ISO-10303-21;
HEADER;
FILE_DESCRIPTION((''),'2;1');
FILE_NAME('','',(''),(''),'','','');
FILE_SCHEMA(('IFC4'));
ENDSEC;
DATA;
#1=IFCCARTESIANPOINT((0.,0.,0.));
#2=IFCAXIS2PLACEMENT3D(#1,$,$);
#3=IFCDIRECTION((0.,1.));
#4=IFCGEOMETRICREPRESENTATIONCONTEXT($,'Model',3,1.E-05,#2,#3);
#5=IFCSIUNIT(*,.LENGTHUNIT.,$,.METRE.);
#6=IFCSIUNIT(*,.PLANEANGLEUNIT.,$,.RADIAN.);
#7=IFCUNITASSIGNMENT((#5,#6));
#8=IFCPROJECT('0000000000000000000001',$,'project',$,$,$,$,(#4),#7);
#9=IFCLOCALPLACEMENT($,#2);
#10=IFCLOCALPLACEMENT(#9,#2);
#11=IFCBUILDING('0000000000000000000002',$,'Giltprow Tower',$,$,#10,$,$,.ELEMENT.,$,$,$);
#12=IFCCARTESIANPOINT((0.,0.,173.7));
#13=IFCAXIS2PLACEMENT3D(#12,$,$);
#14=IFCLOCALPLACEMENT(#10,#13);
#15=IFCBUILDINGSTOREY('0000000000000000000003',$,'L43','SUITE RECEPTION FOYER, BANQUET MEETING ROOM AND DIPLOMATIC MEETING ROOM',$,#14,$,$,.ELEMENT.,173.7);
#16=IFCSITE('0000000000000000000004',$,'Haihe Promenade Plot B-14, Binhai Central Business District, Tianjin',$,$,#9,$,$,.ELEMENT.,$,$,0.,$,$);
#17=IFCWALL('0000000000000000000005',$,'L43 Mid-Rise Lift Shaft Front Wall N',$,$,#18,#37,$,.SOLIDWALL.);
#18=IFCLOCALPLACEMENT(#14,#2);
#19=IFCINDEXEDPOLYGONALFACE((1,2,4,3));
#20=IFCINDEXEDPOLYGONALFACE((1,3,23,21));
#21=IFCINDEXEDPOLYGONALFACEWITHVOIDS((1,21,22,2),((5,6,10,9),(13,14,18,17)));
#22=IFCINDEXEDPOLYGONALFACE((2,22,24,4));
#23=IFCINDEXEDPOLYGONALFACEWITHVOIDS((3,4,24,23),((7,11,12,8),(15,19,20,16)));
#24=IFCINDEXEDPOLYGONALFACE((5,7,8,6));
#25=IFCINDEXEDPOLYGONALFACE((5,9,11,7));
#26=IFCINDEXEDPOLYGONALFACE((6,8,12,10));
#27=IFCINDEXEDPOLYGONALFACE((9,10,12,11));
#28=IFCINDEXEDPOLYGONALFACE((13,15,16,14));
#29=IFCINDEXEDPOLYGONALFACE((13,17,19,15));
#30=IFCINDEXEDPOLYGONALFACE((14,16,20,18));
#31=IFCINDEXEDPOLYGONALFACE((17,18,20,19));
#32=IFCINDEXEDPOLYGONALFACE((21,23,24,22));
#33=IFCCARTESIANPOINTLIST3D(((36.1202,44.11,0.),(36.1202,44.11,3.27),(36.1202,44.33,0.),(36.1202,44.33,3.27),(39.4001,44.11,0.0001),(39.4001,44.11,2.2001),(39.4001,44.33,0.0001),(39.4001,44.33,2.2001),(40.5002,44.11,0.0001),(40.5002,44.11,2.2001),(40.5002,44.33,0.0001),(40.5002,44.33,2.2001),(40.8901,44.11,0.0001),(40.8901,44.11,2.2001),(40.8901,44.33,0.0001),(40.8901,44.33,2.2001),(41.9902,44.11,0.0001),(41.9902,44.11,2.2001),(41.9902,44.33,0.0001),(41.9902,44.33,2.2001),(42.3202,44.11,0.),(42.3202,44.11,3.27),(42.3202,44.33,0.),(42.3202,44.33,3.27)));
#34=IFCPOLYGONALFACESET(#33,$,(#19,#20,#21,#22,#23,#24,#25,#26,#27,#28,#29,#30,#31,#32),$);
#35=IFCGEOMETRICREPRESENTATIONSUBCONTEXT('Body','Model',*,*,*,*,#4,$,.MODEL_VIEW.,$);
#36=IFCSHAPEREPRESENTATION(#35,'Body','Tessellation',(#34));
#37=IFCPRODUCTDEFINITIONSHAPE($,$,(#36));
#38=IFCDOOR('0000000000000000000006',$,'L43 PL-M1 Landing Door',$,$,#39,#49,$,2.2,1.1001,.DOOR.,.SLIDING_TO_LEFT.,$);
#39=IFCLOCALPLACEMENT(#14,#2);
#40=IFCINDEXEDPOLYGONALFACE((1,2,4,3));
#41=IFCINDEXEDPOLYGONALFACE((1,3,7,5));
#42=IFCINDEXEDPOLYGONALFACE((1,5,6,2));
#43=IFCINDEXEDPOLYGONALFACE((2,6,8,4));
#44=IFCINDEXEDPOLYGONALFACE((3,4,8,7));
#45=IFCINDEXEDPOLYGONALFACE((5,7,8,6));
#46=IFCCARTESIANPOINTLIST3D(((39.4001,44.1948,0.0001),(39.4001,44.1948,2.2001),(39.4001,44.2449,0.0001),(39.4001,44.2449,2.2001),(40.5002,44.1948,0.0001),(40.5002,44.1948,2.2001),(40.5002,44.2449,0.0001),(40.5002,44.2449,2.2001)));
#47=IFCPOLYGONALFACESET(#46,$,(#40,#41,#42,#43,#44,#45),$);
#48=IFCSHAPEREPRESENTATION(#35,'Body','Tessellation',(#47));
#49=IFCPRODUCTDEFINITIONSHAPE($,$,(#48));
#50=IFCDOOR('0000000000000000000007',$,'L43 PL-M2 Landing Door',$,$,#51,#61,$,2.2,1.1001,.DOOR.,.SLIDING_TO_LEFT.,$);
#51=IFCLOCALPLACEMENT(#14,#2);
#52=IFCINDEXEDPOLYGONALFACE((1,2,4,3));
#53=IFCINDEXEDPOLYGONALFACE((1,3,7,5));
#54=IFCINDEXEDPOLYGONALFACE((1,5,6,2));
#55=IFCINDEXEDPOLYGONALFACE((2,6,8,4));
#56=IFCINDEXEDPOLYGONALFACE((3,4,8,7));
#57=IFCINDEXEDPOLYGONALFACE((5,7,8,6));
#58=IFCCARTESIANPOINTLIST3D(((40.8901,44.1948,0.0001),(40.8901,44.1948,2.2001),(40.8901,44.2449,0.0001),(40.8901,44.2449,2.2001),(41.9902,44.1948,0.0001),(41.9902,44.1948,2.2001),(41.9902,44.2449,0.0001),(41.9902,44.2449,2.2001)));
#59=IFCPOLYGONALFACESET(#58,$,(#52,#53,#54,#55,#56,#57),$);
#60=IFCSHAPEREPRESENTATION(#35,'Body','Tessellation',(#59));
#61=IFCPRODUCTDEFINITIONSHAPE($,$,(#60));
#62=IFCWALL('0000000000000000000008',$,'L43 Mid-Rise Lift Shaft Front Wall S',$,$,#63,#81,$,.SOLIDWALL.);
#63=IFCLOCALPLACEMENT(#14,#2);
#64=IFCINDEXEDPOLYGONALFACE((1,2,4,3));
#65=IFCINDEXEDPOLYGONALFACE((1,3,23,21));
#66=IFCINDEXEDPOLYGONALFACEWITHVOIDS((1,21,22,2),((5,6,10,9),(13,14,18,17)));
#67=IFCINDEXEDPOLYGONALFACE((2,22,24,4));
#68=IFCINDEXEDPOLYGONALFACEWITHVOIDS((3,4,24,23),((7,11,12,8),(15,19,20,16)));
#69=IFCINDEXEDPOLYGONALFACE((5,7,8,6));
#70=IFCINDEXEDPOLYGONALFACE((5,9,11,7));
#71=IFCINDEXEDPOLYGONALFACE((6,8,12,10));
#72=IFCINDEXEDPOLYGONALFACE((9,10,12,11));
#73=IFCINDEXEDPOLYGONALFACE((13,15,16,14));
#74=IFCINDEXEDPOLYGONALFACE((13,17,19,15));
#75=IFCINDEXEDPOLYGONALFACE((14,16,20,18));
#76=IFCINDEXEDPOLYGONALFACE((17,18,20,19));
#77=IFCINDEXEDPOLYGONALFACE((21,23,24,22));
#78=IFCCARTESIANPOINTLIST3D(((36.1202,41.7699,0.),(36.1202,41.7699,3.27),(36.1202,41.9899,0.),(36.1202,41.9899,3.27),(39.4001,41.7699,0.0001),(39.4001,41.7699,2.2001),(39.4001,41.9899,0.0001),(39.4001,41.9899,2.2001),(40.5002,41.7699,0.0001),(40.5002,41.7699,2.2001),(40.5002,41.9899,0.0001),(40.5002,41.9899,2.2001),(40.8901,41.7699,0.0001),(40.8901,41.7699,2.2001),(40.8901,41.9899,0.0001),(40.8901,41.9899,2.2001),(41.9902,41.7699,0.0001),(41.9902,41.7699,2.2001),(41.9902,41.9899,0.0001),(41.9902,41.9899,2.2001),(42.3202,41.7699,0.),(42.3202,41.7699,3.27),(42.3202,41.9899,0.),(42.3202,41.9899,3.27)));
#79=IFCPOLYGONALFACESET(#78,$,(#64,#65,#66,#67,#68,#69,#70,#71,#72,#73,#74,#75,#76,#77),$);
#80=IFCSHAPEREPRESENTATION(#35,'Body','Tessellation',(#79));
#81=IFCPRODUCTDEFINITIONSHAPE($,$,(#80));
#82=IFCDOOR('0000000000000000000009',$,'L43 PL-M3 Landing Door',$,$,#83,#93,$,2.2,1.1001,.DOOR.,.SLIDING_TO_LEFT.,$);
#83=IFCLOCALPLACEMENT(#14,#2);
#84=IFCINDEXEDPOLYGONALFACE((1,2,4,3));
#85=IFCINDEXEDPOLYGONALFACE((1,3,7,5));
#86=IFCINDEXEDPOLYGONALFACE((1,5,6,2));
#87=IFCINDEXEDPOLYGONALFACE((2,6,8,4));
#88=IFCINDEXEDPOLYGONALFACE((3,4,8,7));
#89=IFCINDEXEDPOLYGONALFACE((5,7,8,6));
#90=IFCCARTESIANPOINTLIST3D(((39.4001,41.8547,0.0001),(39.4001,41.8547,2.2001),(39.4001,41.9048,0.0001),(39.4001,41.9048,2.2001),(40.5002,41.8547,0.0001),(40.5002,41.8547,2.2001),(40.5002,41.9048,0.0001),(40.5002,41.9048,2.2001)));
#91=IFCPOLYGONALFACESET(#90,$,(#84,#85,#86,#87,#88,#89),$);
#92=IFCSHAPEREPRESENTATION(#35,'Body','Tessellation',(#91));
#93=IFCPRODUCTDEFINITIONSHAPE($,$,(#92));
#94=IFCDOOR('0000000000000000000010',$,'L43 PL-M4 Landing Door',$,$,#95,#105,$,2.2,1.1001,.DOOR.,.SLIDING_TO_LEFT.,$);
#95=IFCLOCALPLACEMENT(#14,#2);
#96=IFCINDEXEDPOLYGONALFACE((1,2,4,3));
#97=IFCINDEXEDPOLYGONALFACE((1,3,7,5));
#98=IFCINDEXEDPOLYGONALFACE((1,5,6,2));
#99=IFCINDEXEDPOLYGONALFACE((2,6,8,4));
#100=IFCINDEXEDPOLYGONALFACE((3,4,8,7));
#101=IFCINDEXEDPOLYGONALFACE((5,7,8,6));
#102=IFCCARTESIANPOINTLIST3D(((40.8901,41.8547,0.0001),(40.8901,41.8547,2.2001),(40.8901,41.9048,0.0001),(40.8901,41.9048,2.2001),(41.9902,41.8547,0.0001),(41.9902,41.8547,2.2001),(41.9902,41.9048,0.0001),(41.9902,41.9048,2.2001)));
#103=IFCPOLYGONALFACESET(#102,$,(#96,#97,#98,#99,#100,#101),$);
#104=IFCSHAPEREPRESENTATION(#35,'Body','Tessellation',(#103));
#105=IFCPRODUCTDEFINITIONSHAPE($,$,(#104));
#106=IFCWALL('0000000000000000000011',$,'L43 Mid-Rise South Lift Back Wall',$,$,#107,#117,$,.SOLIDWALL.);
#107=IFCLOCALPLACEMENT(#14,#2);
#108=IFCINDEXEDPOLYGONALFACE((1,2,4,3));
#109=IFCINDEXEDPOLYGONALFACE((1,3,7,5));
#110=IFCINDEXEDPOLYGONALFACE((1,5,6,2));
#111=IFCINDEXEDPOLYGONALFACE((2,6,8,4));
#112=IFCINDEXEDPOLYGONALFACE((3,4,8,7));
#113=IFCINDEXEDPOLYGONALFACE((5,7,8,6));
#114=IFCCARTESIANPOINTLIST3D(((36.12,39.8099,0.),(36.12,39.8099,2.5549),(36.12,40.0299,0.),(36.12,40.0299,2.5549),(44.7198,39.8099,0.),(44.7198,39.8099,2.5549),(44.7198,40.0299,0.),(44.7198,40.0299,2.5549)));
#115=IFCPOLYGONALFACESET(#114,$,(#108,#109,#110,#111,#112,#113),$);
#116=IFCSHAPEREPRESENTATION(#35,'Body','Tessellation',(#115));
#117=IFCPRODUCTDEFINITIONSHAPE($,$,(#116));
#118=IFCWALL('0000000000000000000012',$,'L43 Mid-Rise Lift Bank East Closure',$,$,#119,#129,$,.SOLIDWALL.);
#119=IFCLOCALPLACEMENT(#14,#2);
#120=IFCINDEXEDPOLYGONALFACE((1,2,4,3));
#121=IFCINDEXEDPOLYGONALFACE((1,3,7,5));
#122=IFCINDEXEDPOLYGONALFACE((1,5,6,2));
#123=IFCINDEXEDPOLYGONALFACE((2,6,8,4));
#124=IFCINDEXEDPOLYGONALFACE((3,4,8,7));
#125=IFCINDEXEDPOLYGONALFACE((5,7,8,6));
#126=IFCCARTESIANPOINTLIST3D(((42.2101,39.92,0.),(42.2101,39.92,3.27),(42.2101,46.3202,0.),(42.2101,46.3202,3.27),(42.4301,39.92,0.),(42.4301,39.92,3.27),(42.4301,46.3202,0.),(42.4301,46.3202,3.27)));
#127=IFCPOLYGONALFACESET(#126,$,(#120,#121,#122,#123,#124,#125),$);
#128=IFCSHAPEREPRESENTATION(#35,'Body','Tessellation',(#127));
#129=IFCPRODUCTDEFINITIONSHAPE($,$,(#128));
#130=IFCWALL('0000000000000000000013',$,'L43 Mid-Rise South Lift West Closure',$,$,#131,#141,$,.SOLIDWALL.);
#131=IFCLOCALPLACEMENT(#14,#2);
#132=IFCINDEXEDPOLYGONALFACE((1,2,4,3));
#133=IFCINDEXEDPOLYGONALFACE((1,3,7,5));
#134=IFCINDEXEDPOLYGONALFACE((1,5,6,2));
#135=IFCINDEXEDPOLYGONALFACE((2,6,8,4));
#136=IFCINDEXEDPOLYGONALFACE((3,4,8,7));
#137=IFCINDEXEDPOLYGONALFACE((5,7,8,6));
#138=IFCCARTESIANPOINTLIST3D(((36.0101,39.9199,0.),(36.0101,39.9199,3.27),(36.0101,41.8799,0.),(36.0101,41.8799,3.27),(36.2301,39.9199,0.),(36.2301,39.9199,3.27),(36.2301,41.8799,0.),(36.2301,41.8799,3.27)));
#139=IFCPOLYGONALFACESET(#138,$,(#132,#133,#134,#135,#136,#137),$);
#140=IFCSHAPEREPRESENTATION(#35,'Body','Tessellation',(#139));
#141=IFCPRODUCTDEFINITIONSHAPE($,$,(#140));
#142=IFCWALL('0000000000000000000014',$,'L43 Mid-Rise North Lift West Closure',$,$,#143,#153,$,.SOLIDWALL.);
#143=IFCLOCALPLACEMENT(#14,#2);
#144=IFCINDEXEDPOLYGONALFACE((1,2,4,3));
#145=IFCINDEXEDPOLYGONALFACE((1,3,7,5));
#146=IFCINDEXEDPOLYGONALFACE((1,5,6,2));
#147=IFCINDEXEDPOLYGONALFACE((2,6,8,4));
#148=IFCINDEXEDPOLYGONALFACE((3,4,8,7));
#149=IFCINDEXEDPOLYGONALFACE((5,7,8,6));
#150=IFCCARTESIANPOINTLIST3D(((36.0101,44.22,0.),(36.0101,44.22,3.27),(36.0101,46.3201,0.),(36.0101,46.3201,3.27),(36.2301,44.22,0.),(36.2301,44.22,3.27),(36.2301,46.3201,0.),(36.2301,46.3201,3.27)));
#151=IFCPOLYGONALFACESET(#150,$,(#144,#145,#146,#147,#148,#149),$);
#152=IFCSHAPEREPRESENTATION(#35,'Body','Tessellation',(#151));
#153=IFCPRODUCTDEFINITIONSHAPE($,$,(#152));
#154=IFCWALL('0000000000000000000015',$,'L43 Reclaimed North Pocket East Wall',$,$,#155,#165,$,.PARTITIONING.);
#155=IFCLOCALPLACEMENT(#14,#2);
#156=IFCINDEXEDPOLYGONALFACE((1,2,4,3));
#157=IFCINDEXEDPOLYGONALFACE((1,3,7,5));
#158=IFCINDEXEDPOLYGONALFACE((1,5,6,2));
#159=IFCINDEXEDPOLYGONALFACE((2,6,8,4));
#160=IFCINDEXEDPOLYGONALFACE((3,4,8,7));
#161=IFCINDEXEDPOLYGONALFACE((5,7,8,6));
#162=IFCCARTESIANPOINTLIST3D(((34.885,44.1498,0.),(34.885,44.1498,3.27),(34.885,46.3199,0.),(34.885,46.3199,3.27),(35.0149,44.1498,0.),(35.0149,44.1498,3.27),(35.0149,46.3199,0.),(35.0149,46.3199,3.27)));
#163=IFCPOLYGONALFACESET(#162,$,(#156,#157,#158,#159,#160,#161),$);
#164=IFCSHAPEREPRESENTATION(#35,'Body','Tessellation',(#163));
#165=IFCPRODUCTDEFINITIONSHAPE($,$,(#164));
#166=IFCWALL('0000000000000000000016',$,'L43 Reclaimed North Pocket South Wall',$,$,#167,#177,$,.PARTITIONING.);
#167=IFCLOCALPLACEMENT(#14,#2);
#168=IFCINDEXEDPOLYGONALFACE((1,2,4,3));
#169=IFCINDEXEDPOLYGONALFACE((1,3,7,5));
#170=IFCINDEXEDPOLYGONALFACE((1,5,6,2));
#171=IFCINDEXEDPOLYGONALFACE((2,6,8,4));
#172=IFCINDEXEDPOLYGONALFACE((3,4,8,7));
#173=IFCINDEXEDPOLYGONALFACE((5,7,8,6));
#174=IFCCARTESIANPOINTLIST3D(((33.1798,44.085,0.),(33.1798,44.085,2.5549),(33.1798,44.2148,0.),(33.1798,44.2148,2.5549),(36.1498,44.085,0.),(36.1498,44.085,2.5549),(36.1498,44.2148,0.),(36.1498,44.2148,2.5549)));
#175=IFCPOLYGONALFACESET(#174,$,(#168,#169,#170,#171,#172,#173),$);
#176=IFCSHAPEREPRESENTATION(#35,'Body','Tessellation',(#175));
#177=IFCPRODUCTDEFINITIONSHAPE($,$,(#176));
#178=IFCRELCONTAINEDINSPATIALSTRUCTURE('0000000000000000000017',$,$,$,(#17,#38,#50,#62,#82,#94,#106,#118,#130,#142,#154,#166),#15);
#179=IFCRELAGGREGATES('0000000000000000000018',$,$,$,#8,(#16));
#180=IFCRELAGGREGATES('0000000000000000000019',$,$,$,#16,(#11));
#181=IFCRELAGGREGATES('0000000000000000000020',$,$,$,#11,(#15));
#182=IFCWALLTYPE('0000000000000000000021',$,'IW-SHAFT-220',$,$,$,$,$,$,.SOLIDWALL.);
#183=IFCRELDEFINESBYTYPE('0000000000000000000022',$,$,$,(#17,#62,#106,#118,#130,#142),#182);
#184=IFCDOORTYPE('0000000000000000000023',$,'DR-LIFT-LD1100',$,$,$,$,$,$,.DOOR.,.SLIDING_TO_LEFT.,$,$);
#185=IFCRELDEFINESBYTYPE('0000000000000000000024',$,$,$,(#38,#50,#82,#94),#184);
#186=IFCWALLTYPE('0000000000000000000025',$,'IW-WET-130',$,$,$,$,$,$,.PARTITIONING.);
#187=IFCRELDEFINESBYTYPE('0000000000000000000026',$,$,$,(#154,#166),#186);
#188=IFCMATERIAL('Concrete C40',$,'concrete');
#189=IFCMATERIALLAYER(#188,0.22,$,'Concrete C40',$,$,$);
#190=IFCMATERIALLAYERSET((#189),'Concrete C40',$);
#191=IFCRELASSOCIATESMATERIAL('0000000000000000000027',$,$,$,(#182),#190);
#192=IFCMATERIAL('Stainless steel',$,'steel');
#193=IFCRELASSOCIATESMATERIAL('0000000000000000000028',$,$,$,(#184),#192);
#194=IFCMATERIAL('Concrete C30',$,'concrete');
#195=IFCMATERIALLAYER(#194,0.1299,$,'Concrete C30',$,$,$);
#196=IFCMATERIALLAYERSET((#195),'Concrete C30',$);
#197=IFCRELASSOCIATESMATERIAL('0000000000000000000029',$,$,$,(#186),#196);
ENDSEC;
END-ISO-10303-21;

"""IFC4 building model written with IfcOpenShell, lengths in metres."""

from ifc_helpers import new_model, si_unit, direction, frame, frame_2d, origin, place, context, subcontext, project, spatial, rectangle, extrude, source, transform, mapped, material, layer, layer_set, type_object, element, fill, save


model = new_model("IFC4")

# Units and contexts
model_context = context("Model", 3, precision=1e-05, world=origin(), true_north=direction((0.0, 1.0)))
body_context = subcontext(model_context, "Body", "Model", "MODEL_VIEW")
ifc_project = project(units=[si_unit("LENGTHUNIT", "METRE"), si_unit("PLANEANGLEUNIT", "RADIAN")], contexts=[model_context])

# Site, building, storey
site_placement = place(None, origin())
site = spatial("IfcSite", under=ifc_project, at=site_placement, Name="Haihe Promenade Plot B-14, Binhai Central Business District, Tianjin", CompositionType="ELEMENT", RefElevation=0.0)
building_placement = place(site_placement, origin())
building = spatial("IfcBuilding", under=site, at=building_placement, Name="Giltprow Tower", CompositionType="ELEMENT")
storey_placement = place(building_placement, frame((0.0, 0.0, 173.7)))
storey = spatial("IfcBuildingStorey", under=building, at=storey_placement, Name="L43", Description="SUITE RECEPTION FOYER, BANQUET MEETING ROOM AND DIPLOMATIC MEETING ROOM", CompositionType="ELEMENT", Elevation=173.7)

# Shared definitions
ifc_material_1 = material(Name="Concrete C40", Category="concrete")
ifc_layer_1 = layer(ifc_material_1, 0.22, Name="Concrete C40")
ifc_layer_set_1 = layer_set([ifc_layer_1], Name="Concrete C40")
wall_type_1 = type_object("IfcWallType", Name="IW-SHAFT-220", PredefinedType="SOLIDWALL", material=ifc_layer_set_1)
ifc_material_2 = material(Name="Stainless steel", Category="steel")
door_type = type_object("IfcDoorType", Name="DR-LIFT-LD1100", OperationType="SLIDING_TO_LEFT", PredefinedType="DOOR", material=ifc_material_2)
shared_shape_1 = source(origin(), body_context, "Body", "SweptSolid", [
    extrude(rectangle(XDim=1.1001, YDim=2.2, at=frame_2d((0.55, 1.1001))), frame((0.0, 0.0249, 0.0), z_axis=(0.0, -1.0, 0.0), x_axis=(1.0, 0.0, 0.0)), (0.0, 0.0, 1.0), 0.05),
])

# Walls, openings, doors
wall_1_placement = place(storey_placement, frame((36.1201, 44.22, 0.0), z_axis=(0.0, 0.0, 1.0), x_axis=(1.0, 0.0, 0.0)))
wall_1 = element("IfcWall", 1, at=wall_1_placement, inside=storey, type_object=wall_type_1, Name="L43 Mid-Rise Lift Shaft Front Wall N", PredefinedType="SOLIDWALL", context=body_context, shape_type="SweptSolid", body=[
    extrude(rectangle(XDim=6.2, YDim=0.22, at=frame_2d((3.1001, 0.0))), origin(), (0.0, 0.0, 1.0), 3.27),
])
opening_1_placement = place(wall_1_placement, frame((3.28, 0.0, 0.0)))
opening_1 = element("IfcOpeningElement", 2, at=opening_1_placement, cuts=wall_1, PredefinedType="OPENING", context=body_context, shape_type="SweptSolid", body=[
    extrude(rectangle(XDim=1.1001, YDim=2.2, at=frame_2d((0.55, 1.1001))), frame((0.0, 0.1199, 0.0), z_axis=(0.0, -1.0, 0.0), x_axis=(1.0, 0.0, 0.0)), (0.0, 0.0, 1.0), 0.24),
])
opening_2_placement = place(wall_1_placement, frame((4.77, 0.0, 0.0)))
opening_2 = element("IfcOpeningElement", 3, at=opening_2_placement, cuts=wall_1, PredefinedType="OPENING", context=body_context, shape_type="SweptSolid", body=[
    extrude(rectangle(XDim=1.1001, YDim=2.2, at=frame_2d((0.55, 1.1001))), frame((0.0, 0.1199, 0.0), z_axis=(0.0, -1.0, 0.0), x_axis=(1.0, 0.0, 0.0)), (0.0, 0.0, 1.0), 0.24),
])
door_1_placement = place(opening_1_placement, origin())
door_1 = element("IfcDoor", 4, at=door_1_placement, inside=storey, type_object=door_type, Name="L43 PL-M1 Landing Door", OperationType="SLIDING_TO_LEFT", OverallHeight=2.2, OverallWidth=1.1001, PredefinedType="DOOR", context=body_context, shape_type="MappedRepresentation", body=[
    mapped(shared_shape_1, transform((0.0, 0.0, 0.0), x_axis=(1.0, 0.0, 0.0), y_axis=(0.0, 1.0, 0.0), z_axis=(0.0, 0.0, 1.0), scale=1.0)),
])
fill(opening_1, door_1)
door_2_placement = place(opening_2_placement, origin())
door_2 = element("IfcDoor", 5, at=door_2_placement, inside=storey, type_object=door_type, Name="L43 PL-M2 Landing Door", OperationType="SLIDING_TO_LEFT", OverallHeight=2.2, OverallWidth=1.1001, PredefinedType="DOOR", context=body_context, shape_type="MappedRepresentation", body=[
    mapped(shared_shape_1, transform((0.0, 0.0, 0.0), x_axis=(1.0, 0.0, 0.0), y_axis=(0.0, 1.0, 0.0), z_axis=(0.0, 0.0, 1.0), scale=1.0)),
])
fill(opening_2, door_2)
wall_2_placement = place(storey_placement, frame((36.1201, 41.8799, 0.0), z_axis=(0.0, 0.0, 1.0), x_axis=(1.0, 0.0, 0.0)))
wall_2 = element("IfcWall", 6, at=wall_2_placement, inside=storey, type_object=wall_type_1, Name="L43 Mid-Rise Lift Shaft Front Wall S", PredefinedType="SOLIDWALL", context=body_context, shape_type="SweptSolid", body=[
    extrude(rectangle(XDim=6.2, YDim=0.22, at=frame_2d((3.1001, 0.0))), origin(), (0.0, 0.0, 1.0), 3.27),
])
opening_3_placement = place(wall_2_placement, frame((3.28, 0.0, 0.0)))
opening_3 = element("IfcOpeningElement", 7, at=opening_3_placement, cuts=wall_2, PredefinedType="OPENING", context=body_context, shape_type="SweptSolid", body=[
    extrude(rectangle(XDim=1.1001, YDim=2.2, at=frame_2d((0.55, 1.1001))), frame((0.0, 0.1199, 0.0), z_axis=(0.0, -1.0, 0.0), x_axis=(1.0, 0.0, 0.0)), (0.0, 0.0, 1.0), 0.24),
])
opening_4_placement = place(wall_2_placement, frame((4.77, 0.0, 0.0)))
opening_4 = element("IfcOpeningElement", 8, at=opening_4_placement, cuts=wall_2, PredefinedType="OPENING", context=body_context, shape_type="SweptSolid", body=[
    extrude(rectangle(XDim=1.1001, YDim=2.2, at=frame_2d((0.55, 1.1001))), frame((0.0, 0.1199, 0.0), z_axis=(0.0, -1.0, 0.0), x_axis=(1.0, 0.0, 0.0)), (0.0, 0.0, 1.0), 0.24),
])
door_3_placement = place(opening_3_placement, origin())
door_3 = element("IfcDoor", 9, at=door_3_placement, inside=storey, type_object=door_type, Name="L43 PL-M3 Landing Door", OperationType="SLIDING_TO_LEFT", OverallHeight=2.2, OverallWidth=1.1001, PredefinedType="DOOR", context=body_context, shape_type="MappedRepresentation", body=[
    mapped(shared_shape_1, transform((0.0, 0.0, 0.0), x_axis=(1.0, 0.0, 0.0), y_axis=(0.0, 1.0, 0.0), z_axis=(0.0, 0.0, 1.0), scale=1.0)),
])
fill(opening_3, door_3)
door_4_placement = place(opening_4_placement, origin())
door_4 = element("IfcDoor", 10, at=door_4_placement, inside=storey, type_object=door_type, Name="L43 PL-M4 Landing Door", OperationType="SLIDING_TO_LEFT", OverallHeight=2.2, OverallWidth=1.1001, PredefinedType="DOOR", context=body_context, shape_type="MappedRepresentation", body=[
    mapped(shared_shape_1, transform((0.0, 0.0, 0.0), x_axis=(1.0, 0.0, 0.0), y_axis=(0.0, 1.0, 0.0), z_axis=(0.0, 0.0, 1.0), scale=1.0)),
])
fill(opening_4, door_4)

# Walls
wall_3_placement = place(storey_placement, frame((36.1201, 39.9199, 0.0), z_axis=(0.0, 0.0, 1.0), x_axis=(1.0, 0.0, 0.0)))
element("IfcWall", 11, at=wall_3_placement, inside=storey, type_object=wall_type_1, Name="L43 Mid-Rise South Lift Back Wall", PredefinedType="SOLIDWALL", context=body_context, shape_type="SweptSolid", body=[
    extrude(rectangle(XDim=8.5999, YDim=0.22, at=frame_2d((4.2998, 0.0))), origin(), (0.0, 0.0, 1.0), 2.5549),
])
wall_4_placement = place(storey_placement, frame((42.3201, 39.9199, 0.0), z_axis=(0.0, 0.0, 1.0), x_axis=(0.0, 1.0, 0.0)))
element("IfcWall", 12, at=wall_4_placement, inside=storey, type_object=wall_type_1, Name="L43 Mid-Rise Lift Bank East Closure", PredefinedType="SOLIDWALL", context=body_context, shape_type="SweptSolid", body=[
    extrude(rectangle(XDim=6.4001, YDim=0.22, at=frame_2d((3.2002, 0.0))), origin(), (0.0, 0.0, 1.0), 3.27),
])
wall_5_placement = place(storey_placement, frame((36.1201, 39.9199, 0.0), z_axis=(0.0, 0.0, 1.0), x_axis=(0.0, 1.0, 0.0)))
element("IfcWall", 13, at=wall_5_placement, inside=storey, type_object=wall_type_1, Name="L43 Mid-Rise South Lift West Closure", PredefinedType="SOLIDWALL", context=body_context, shape_type="SweptSolid", body=[
    extrude(rectangle(XDim=1.96, YDim=0.22, at=frame_2d((0.98, 0.0))), origin(), (0.0, 0.0, 1.0), 3.27),
])
wall_6_placement = place(storey_placement, frame((36.1201, 44.22, 0.0), z_axis=(0.0, 0.0, 1.0), x_axis=(0.0, 1.0, 0.0)))
element("IfcWall", 14, at=wall_6_placement, inside=storey, type_object=wall_type_1, Name="L43 Mid-Rise North Lift West Closure", PredefinedType="SOLIDWALL", context=body_context, shape_type="SweptSolid", body=[
    extrude(rectangle(XDim=2.1001, YDim=0.22, at=frame_2d((1.05, 0.0))), origin(), (0.0, 0.0, 1.0), 3.27),
])
ifc_material_3 = material(Name="Concrete C30", Category="concrete")
ifc_layer_2 = layer(ifc_material_3, 0.1299, Name="Concrete C30")
ifc_layer_set_2 = layer_set([ifc_layer_2], Name="Concrete C30")
wall_type_2 = type_object("IfcWallType", Name="IW-WET-130", PredefinedType="PARTITIONING", material=ifc_layer_set_2)
wall_7_placement = place(storey_placement, frame((34.95, 44.1499, 0.0), z_axis=(0.0, 0.0, 1.0), x_axis=(0.0, 1.0, 0.0)))
element("IfcWall", 15, at=wall_7_placement, inside=storey, type_object=wall_type_2, Name="L43 Reclaimed North Pocket East Wall", PredefinedType="PARTITIONING", context=body_context, shape_type="SweptSolid", body=[
    extrude(rectangle(XDim=2.1702, YDim=0.1299, at=frame_2d((1.085, 0.0))), origin(), (0.0, 0.0, 1.0), 3.27),
])
wall_8_placement = place(storey_placement, frame((33.1799, 44.1499, 0.0), z_axis=(0.0, 0.0, 1.0), x_axis=(1.0, 0.0, 0.0)))
element("IfcWall", 16, at=wall_8_placement, inside=storey, type_object=wall_type_2, Name="L43 Reclaimed North Pocket South Wall", PredefinedType="PARTITIONING", context=body_context, shape_type="SweptSolid", body=[
    extrude(rectangle(XDim=2.97, YDim=0.1299, at=frame_2d((1.4849, 0.0))), origin(), (0.0, 0.0, 1.0), 2.5549),
])

save(model, "model.ifc")
